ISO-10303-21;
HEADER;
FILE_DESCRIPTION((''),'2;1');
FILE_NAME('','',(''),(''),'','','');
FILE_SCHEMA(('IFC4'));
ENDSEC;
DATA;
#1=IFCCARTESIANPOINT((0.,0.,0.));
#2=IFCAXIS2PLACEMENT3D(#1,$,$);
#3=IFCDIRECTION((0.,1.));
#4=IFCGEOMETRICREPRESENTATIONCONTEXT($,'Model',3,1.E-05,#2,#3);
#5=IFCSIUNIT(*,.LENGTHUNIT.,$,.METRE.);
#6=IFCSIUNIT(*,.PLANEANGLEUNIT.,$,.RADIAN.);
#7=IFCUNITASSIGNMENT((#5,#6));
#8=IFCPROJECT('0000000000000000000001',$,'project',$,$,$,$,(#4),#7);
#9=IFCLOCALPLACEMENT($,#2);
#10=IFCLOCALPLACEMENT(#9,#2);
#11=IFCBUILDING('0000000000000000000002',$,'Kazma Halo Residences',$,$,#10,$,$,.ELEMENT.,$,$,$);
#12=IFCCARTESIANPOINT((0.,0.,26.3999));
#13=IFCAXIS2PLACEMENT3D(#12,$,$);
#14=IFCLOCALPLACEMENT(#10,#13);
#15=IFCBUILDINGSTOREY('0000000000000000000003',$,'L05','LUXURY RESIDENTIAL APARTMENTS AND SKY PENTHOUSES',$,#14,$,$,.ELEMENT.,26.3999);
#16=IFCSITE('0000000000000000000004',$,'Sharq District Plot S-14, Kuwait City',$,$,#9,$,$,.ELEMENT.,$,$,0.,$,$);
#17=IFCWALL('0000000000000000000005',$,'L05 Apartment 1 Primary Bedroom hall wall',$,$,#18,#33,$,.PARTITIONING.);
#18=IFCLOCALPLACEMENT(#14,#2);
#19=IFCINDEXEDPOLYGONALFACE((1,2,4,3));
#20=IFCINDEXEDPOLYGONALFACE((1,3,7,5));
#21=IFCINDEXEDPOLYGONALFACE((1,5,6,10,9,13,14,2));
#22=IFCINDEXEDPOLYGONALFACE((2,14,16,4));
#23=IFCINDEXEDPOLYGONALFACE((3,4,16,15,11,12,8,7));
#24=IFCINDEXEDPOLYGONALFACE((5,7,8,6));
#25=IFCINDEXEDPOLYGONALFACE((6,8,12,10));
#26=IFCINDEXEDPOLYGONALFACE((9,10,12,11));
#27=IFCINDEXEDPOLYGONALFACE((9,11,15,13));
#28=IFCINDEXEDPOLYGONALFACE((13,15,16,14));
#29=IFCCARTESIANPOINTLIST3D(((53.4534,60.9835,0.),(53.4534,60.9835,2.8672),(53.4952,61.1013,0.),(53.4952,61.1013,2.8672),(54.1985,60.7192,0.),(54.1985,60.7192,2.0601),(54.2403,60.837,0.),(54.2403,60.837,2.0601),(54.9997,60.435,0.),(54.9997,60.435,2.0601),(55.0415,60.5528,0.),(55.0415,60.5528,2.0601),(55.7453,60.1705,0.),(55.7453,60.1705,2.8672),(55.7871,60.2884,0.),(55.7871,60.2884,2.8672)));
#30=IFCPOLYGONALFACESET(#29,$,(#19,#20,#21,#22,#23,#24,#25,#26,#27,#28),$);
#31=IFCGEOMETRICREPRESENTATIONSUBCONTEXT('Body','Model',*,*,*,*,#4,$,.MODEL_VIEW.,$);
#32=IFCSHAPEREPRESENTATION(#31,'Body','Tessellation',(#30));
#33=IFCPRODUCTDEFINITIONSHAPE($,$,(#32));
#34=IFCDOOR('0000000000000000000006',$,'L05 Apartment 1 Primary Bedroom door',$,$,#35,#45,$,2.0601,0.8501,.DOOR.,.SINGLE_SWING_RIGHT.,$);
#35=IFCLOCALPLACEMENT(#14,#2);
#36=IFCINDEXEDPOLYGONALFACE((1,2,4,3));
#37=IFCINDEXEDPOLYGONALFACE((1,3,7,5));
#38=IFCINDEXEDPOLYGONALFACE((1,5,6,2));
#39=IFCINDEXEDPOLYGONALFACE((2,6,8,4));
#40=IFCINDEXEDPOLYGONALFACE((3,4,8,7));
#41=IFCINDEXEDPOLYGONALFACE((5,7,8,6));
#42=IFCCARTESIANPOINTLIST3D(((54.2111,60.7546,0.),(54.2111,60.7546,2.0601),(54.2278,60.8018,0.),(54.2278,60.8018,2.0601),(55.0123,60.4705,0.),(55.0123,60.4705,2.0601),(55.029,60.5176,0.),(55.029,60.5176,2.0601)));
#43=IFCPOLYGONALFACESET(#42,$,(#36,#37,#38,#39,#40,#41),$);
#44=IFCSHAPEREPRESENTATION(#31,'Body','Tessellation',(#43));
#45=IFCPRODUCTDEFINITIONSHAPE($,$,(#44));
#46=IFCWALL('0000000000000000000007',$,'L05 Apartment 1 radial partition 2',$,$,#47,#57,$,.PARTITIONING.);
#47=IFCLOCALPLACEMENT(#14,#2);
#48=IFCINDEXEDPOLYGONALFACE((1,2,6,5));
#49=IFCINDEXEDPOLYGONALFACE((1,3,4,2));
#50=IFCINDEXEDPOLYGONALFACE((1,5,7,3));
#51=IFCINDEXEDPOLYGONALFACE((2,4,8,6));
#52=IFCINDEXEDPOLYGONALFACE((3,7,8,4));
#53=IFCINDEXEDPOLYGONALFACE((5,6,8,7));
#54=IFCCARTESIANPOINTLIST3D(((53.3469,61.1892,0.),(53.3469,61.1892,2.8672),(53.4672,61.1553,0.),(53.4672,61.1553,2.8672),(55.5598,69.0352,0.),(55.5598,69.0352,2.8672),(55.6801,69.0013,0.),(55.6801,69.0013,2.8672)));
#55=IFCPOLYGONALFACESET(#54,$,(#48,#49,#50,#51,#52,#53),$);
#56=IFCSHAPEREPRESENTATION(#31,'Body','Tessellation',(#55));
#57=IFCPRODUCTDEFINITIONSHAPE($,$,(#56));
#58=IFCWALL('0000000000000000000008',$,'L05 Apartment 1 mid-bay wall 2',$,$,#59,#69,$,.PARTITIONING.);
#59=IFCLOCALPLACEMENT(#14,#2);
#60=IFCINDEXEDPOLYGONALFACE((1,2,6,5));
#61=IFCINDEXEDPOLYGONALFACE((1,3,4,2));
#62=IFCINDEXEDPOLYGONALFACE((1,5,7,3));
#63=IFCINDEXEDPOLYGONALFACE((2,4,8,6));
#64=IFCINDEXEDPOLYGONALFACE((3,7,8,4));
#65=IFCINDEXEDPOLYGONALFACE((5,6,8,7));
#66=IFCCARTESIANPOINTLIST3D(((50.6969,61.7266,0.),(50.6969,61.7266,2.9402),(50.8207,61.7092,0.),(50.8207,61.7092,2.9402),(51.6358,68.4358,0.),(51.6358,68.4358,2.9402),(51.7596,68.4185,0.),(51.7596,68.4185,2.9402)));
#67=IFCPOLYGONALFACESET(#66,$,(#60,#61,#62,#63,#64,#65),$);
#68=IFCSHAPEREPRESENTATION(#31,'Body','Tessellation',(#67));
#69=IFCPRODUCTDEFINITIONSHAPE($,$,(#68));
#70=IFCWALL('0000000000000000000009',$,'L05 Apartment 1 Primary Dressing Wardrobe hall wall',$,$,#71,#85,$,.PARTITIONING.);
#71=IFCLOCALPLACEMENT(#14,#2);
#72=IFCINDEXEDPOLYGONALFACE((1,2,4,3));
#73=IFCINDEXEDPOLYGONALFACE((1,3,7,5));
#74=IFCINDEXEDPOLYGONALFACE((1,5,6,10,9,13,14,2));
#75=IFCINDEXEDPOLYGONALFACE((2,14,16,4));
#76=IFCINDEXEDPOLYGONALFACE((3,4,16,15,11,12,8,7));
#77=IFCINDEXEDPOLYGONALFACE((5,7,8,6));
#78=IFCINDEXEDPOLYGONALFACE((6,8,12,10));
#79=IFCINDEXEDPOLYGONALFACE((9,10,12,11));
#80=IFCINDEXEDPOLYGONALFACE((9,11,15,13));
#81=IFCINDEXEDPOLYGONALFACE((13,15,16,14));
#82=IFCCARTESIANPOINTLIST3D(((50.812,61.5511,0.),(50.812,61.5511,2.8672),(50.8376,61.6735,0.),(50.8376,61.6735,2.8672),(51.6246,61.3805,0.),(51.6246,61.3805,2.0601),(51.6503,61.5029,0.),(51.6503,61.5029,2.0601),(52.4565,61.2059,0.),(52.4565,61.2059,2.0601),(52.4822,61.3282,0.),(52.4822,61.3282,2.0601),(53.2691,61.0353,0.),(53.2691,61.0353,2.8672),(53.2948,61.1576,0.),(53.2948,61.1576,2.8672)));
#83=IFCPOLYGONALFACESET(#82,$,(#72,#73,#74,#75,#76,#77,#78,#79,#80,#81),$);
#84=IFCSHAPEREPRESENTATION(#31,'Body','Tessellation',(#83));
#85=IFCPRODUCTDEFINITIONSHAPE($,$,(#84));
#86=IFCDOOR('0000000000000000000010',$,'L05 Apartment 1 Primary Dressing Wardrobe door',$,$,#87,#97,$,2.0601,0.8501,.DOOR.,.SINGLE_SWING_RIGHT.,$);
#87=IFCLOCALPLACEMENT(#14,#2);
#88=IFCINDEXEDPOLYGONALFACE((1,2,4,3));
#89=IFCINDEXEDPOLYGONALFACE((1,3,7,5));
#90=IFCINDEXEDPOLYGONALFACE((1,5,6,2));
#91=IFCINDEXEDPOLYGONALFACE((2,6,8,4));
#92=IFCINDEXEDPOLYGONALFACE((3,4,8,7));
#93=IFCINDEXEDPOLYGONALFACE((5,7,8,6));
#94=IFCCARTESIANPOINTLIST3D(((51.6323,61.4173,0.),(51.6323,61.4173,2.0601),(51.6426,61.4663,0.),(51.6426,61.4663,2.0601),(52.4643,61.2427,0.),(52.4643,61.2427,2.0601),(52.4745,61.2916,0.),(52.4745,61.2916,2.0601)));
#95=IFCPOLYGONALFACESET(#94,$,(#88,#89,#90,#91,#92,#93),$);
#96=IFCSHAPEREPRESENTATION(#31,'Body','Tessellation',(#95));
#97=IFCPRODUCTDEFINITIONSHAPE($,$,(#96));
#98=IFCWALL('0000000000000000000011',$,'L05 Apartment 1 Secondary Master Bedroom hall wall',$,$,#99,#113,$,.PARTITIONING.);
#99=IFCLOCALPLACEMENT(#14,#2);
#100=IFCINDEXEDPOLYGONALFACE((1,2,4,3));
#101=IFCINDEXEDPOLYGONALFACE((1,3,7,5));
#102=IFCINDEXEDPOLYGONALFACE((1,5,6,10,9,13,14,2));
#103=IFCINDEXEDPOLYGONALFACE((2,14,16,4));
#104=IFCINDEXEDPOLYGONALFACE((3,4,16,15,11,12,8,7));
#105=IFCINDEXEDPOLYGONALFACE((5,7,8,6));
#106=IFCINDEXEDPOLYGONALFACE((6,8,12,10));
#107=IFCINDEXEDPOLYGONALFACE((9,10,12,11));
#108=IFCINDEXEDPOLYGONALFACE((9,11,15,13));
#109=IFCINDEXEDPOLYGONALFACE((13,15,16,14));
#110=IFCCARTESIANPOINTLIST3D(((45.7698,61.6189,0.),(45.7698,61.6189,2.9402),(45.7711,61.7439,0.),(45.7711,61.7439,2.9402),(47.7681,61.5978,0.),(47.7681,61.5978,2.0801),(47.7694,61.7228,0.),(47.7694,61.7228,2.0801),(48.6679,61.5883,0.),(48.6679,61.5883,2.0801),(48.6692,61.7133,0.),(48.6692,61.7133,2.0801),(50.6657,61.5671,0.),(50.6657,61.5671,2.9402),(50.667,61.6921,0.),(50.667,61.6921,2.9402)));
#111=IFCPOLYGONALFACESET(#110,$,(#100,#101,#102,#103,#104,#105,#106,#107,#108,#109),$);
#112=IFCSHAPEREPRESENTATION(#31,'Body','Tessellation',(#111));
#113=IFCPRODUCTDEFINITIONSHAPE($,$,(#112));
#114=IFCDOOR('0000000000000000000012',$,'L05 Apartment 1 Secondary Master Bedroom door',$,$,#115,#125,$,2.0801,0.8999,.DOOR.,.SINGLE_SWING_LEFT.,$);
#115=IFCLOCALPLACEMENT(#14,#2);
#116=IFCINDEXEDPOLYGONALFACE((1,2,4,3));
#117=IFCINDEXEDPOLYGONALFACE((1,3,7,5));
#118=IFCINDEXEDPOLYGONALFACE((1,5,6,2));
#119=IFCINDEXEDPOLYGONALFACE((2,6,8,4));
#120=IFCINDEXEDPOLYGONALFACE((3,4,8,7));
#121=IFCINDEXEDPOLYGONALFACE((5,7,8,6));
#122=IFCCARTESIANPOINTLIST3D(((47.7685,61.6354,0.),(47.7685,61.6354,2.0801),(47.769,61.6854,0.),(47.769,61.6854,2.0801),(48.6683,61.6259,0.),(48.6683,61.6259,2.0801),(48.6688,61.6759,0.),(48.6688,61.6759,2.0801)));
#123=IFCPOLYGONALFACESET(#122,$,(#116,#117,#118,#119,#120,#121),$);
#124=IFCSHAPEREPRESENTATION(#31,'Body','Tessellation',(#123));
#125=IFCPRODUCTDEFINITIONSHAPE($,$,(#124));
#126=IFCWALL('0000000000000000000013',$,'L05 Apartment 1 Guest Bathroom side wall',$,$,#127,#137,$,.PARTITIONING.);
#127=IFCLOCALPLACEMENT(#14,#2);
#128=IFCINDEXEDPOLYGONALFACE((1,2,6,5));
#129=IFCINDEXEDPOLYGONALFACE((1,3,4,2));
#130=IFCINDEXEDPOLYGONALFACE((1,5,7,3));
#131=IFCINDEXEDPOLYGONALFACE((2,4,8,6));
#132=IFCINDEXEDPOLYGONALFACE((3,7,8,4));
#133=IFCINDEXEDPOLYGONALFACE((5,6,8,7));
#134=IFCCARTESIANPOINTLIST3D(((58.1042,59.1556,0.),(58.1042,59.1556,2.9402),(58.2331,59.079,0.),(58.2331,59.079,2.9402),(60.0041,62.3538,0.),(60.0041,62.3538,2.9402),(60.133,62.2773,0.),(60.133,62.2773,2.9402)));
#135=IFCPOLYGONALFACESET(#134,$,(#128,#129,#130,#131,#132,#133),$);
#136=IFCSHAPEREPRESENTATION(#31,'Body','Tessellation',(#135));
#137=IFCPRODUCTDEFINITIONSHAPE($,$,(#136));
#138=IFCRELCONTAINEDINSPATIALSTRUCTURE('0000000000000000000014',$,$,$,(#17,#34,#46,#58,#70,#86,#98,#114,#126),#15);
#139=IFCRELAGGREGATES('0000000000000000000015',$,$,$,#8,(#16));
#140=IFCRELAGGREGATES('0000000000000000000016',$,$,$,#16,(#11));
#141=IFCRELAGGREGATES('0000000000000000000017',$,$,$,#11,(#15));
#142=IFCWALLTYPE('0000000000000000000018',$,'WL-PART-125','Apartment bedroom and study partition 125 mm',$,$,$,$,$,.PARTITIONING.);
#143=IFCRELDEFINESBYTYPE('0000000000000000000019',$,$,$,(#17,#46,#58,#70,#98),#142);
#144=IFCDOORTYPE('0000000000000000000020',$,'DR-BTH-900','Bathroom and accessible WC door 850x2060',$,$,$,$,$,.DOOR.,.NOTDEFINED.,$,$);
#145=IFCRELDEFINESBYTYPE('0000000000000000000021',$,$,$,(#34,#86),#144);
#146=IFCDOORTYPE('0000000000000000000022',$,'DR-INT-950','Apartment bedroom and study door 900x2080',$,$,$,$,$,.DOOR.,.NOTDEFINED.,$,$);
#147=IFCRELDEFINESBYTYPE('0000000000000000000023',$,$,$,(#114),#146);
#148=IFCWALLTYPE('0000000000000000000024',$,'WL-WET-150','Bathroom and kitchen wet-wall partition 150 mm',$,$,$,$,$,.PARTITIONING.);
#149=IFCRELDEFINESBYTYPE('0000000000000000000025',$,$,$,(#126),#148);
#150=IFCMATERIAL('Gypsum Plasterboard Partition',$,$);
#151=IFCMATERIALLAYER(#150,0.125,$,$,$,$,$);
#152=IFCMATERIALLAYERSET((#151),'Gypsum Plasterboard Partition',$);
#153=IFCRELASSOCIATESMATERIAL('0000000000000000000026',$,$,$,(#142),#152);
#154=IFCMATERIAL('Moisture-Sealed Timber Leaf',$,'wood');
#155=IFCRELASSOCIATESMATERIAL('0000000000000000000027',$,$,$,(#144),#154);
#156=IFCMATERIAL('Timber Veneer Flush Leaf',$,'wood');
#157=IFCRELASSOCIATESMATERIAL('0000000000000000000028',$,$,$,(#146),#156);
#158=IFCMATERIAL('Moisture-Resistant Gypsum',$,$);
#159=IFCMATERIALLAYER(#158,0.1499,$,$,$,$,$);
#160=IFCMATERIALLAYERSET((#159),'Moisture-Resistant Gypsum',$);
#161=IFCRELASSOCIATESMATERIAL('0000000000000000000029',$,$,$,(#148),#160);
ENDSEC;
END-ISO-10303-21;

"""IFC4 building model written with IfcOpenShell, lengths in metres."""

from ifc_helpers import new_model, si_unit, direction, frame, frame_2d, origin, place, context, subcontext, project, spatial, rectangle, extrude, material, layer, layer_set, type_object, element, fill, save


model = new_model("IFC4")

# Units and contexts
model_context = context("Model", 3, precision=1e-05, world=origin(), true_north=direction((0.0, 1.0)))
body_context = subcontext(model_context, "Body", "Model", "MODEL_VIEW")
ifc_project = project(units=[si_unit("LENGTHUNIT", "METRE"), si_unit("PLANEANGLEUNIT", "RADIAN")], contexts=[model_context])

# Site, building, storey
site_placement = place(None, origin())
site = spatial("IfcSite", under=ifc_project, at=site_placement, Name="Sharq District Plot S-14, Kuwait City", CompositionType="ELEMENT", RefElevation=0.0)
building_placement = place(site_placement, origin())
building = spatial("IfcBuilding", under=site, at=building_placement, Name="Kazma Halo Residences", CompositionType="ELEMENT")
storey_placement = place(building_placement, frame((0.0, 0.0, 26.3999)))
storey = spatial("IfcBuildingStorey", under=building, at=storey_placement, Name="L05", Description="LUXURY RESIDENTIAL APARTMENTS AND SKY PENTHOUSES", CompositionType="ELEMENT", Elevation=26.3999)

# Shared definitions
ifc_material_1 = material(Name="Gypsum Plasterboard Partition")
ifc_layer_1 = layer(ifc_material_1, 0.125)
ifc_layer_set_1 = layer_set([ifc_layer_1], Name="Gypsum Plasterboard Partition")
wall_type_1 = type_object("IfcWallType", Name="WL-PART-125", Description="Apartment bedroom and study partition 125 mm", PredefinedType="PARTITIONING", material=ifc_layer_set_1)

# Wall, opening, door
ifc_material_2 = material(Name="Moisture-Sealed Timber Leaf", Category="wood")
door_type_1 = type_object("IfcDoorType", Name="DR-BTH-900", Description="Bathroom and accessible WC door 850x2060", OperationType="NOTDEFINED", PredefinedType="DOOR", material=ifc_material_2)
wall_1_placement = place(storey_placement, frame((55.7661, 60.2295, 0.0), z_axis=(0.0, 0.0, 1.0), x_axis=(-0.942467, 0.334301, 0.0)))
wall_1 = element("IfcWall", 1, at=wall_1_placement, inside=storey, type_object=wall_type_1, Name="L05 Apartment 1 Primary Bedroom hall wall", PredefinedType="PARTITIONING", context=body_context, shape_type="SweptSolid", body=[
    extrude(rectangle(XDim=2.4319, YDim=0.125, at=frame_2d((1.2158, 0.0))), origin(), (0.0, 0.0, 1.0), 2.8672),
])
opening_1_placement = place(wall_1_placement, frame((0.791, 0.0, 0.0)))
opening_1 = element("IfcOpeningElement", 2, at=opening_1_placement, cuts=wall_1, PredefinedType="OPENING", context=body_context, shape_type="SweptSolid", body=[
    extrude(rectangle(XDim=0.8501, YDim=2.0601, at=frame_2d((0.425, 1.03))), frame((0.0, 0.0725, 0.0), z_axis=(0.0, -1.0, 0.0), x_axis=(1.0, 0.0, 0.0)), (0.0, 0.0, 1.0), 0.145),
])
door_1_placement = place(opening_1_placement, origin())
door_1 = element("IfcDoor", 3, at=door_1_placement, inside=storey, type_object=door_type_1, Name="L05 Apartment 1 Primary Bedroom door", OperationType="SINGLE_SWING_RIGHT", OverallHeight=2.0601, OverallWidth=0.8501, PredefinedType="DOOR", context=body_context, shape_type="SweptSolid", body=[
    extrude(rectangle(XDim=0.8501, YDim=2.0601, at=frame_2d((0.425, 1.03))), frame((0.0, 0.0249, 0.0), z_axis=(0.0, -1.0, 0.0), x_axis=(1.0, 0.0, 0.0)), (0.0, 0.0, 1.0), 0.05),
])
fill(opening_1, door_1)

# Walls
wall_2_placement = place(storey_placement, frame((53.407, 61.1721, 0.0), z_axis=(0.0, 0.0, 1.0), x_axis=(0.271452, 0.962452, 0.0)))
element("IfcWall", 4, at=wall_2_placement, inside=storey, type_object=wall_type_1, Name="L05 Apartment 1 radial partition 2", PredefinedType="PARTITIONING", context=body_context, shape_type="SweptSolid", body=[
    extrude(rectangle(XDim=8.1521, YDim=0.125, at=frame_2d((4.0762, 0.0))), origin(), (0.0, 0.0, 1.0), 2.8672),
])
wall_3_placement = place(storey_placement, frame((50.7588, 61.718, 0.0), z_axis=(0.0, 0.0, 1.0), x_axis=(0.1386, 0.990348, 0.0)))
element("IfcWall", 5, at=wall_3_placement, inside=storey, type_object=wall_type_1, Name="L05 Apartment 1 mid-bay wall 2", PredefinedType="PARTITIONING", context=body_context, shape_type="SweptSolid", body=[
    extrude(rectangle(XDim=6.7747, YDim=0.125, at=frame_2d((3.3872, 0.0))), origin(), (0.0, 0.0, 1.0), 2.9402),
])

# Walls, openings, doors
wall_4_placement = place(storey_placement, frame((53.282, 61.0964, 0.0), z_axis=(0.0, 0.0, 1.0), x_axis=(-0.978666, 0.205457, 0.0)))
wall_4 = element("IfcWall", 6, at=wall_4_placement, inside=storey, type_object=wall_type_1, Name="L05 Apartment 1 Primary Dressing Wardrobe hall wall", PredefinedType="PARTITIONING", context=body_context, shape_type="SweptSolid", body=[
    extrude(rectangle(XDim=2.5107, YDim=0.125, at=frame_2d((1.2554, 0.0))), origin(), (0.0, 0.0, 1.0), 2.8672),
])
opening_2_placement = place(wall_4_placement, frame((0.8303, 0.0, 0.0)))
opening_2 = element("IfcOpeningElement", 7, at=opening_2_placement, cuts=wall_4, PredefinedType="OPENING", context=body_context, shape_type="SweptSolid", body=[
    extrude(rectangle(XDim=0.8501, YDim=2.0601, at=frame_2d((0.425, 1.03))), frame((0.0, 0.0725, 0.0), z_axis=(0.0, -1.0, 0.0), x_axis=(1.0, 0.0, 0.0)), (0.0, 0.0, 1.0), 0.145),
])
door_2_placement = place(opening_2_placement, origin())
door_2 = element("IfcDoor", 8, at=door_2_placement, inside=storey, type_object=door_type_1, Name="L05 Apartment 1 Primary Dressing Wardrobe door", OperationType="SINGLE_SWING_RIGHT", OverallHeight=2.0601, OverallWidth=0.8501, PredefinedType="DOOR", context=body_context, shape_type="SweptSolid", body=[
    extrude(rectangle(XDim=0.8501, YDim=2.0601, at=frame_2d((0.425, 1.03))), frame((0.0, 0.0249, 0.0), z_axis=(0.0, -1.0, 0.0), x_axis=(1.0, 0.0, 0.0)), (0.0, 0.0, 1.0), 0.05),
])
fill(opening_2, door_2)
wall_5_placement = place(storey_placement, frame((50.6665, 61.6296, 0.0), z_axis=(0.0, 0.0, 1.0), x_axis=(-0.999944, 0.010571, 0.0)))
wall_5 = element("IfcWall", 9, at=wall_5_placement, inside=storey, type_object=wall_type_1, Name="L05 Apartment 1 Secondary Master Bedroom hall wall", PredefinedType="PARTITIONING", context=body_context, shape_type="SweptSolid", body=[
    extrude(rectangle(XDim=4.8962, YDim=0.125, at=frame_2d((2.4482, 0.0))), origin(), (0.0, 0.0, 1.0), 2.9402),
])
opening_3_placement = place(wall_5_placement, frame((1.998, 0.0, 0.0)))
opening_3 = element("IfcOpeningElement", 10, at=opening_3_placement, cuts=wall_5, PredefinedType="OPENING", context=body_context, shape_type="SweptSolid", body=[
    extrude(rectangle(XDim=0.8999, YDim=2.0801, at=frame_2d((0.45, 1.04))), frame((0.0, 0.0725, 0.0), z_axis=(0.0, -1.0, 0.0), x_axis=(1.0, 0.0, 0.0)), (0.0, 0.0, 1.0), 0.145),
])
ifc_material_3 = material(Name="Timber Veneer Flush Leaf", Category="wood")
door_type_2 = type_object("IfcDoorType", Name="DR-INT-950", Description="Apartment bedroom and study door 900x2080", OperationType="NOTDEFINED", PredefinedType="DOOR", material=ifc_material_3)
door_3_placement = place(opening_3_placement, origin())
door_3 = element("IfcDoor", 11, at=door_3_placement, inside=storey, type_object=door_type_2, Name="L05 Apartment 1 Secondary Master Bedroom door", OperationType="SINGLE_SWING_LEFT", OverallHeight=2.0801, OverallWidth=0.8999, PredefinedType="DOOR", context=body_context, shape_type="SweptSolid", body=[
    extrude(rectangle(XDim=0.8999, YDim=2.0801, at=frame_2d((0.45, 1.04))), frame((0.0, 0.0249, 0.0), z_axis=(0.0, -1.0, 0.0), x_axis=(1.0, 0.0, 0.0)), (0.0, 0.0, 1.0), 0.05),
])
fill(opening_3, door_3)

# Wall
ifc_material_4 = material(Name="Moisture-Resistant Gypsum")
ifc_layer_2 = layer(ifc_material_4, 0.1499)
ifc_layer_set_2 = layer_set([ifc_layer_2], Name="Moisture-Resistant Gypsum")
wall_type_2 = type_object("IfcWallType", Name="WL-WET-150", Description="Bathroom and kitchen wet-wall partition 150 mm", PredefinedType="PARTITIONING", material=ifc_layer_set_2)
wall_6_placement = place(storey_placement, frame((58.1687, 59.1174, 0.0), z_axis=(0.0, 0.0, 1.0), x_axis=(0.510727, 0.859743, 0.0)))
element("IfcWall", 12, at=wall_6_placement, inside=storey, type_object=wall_type_2, Name="L05 Apartment 1 Guest Bathroom side wall", PredefinedType="PARTITIONING", context=body_context, shape_type="SweptSolid", body=[
    extrude(rectangle(XDim=3.72, YDim=0.1499, at=frame_2d((1.8599, 0.0))), origin(), (0.0, 0.0, 1.0), 2.9402),
])

save(model, "model.ifc")
